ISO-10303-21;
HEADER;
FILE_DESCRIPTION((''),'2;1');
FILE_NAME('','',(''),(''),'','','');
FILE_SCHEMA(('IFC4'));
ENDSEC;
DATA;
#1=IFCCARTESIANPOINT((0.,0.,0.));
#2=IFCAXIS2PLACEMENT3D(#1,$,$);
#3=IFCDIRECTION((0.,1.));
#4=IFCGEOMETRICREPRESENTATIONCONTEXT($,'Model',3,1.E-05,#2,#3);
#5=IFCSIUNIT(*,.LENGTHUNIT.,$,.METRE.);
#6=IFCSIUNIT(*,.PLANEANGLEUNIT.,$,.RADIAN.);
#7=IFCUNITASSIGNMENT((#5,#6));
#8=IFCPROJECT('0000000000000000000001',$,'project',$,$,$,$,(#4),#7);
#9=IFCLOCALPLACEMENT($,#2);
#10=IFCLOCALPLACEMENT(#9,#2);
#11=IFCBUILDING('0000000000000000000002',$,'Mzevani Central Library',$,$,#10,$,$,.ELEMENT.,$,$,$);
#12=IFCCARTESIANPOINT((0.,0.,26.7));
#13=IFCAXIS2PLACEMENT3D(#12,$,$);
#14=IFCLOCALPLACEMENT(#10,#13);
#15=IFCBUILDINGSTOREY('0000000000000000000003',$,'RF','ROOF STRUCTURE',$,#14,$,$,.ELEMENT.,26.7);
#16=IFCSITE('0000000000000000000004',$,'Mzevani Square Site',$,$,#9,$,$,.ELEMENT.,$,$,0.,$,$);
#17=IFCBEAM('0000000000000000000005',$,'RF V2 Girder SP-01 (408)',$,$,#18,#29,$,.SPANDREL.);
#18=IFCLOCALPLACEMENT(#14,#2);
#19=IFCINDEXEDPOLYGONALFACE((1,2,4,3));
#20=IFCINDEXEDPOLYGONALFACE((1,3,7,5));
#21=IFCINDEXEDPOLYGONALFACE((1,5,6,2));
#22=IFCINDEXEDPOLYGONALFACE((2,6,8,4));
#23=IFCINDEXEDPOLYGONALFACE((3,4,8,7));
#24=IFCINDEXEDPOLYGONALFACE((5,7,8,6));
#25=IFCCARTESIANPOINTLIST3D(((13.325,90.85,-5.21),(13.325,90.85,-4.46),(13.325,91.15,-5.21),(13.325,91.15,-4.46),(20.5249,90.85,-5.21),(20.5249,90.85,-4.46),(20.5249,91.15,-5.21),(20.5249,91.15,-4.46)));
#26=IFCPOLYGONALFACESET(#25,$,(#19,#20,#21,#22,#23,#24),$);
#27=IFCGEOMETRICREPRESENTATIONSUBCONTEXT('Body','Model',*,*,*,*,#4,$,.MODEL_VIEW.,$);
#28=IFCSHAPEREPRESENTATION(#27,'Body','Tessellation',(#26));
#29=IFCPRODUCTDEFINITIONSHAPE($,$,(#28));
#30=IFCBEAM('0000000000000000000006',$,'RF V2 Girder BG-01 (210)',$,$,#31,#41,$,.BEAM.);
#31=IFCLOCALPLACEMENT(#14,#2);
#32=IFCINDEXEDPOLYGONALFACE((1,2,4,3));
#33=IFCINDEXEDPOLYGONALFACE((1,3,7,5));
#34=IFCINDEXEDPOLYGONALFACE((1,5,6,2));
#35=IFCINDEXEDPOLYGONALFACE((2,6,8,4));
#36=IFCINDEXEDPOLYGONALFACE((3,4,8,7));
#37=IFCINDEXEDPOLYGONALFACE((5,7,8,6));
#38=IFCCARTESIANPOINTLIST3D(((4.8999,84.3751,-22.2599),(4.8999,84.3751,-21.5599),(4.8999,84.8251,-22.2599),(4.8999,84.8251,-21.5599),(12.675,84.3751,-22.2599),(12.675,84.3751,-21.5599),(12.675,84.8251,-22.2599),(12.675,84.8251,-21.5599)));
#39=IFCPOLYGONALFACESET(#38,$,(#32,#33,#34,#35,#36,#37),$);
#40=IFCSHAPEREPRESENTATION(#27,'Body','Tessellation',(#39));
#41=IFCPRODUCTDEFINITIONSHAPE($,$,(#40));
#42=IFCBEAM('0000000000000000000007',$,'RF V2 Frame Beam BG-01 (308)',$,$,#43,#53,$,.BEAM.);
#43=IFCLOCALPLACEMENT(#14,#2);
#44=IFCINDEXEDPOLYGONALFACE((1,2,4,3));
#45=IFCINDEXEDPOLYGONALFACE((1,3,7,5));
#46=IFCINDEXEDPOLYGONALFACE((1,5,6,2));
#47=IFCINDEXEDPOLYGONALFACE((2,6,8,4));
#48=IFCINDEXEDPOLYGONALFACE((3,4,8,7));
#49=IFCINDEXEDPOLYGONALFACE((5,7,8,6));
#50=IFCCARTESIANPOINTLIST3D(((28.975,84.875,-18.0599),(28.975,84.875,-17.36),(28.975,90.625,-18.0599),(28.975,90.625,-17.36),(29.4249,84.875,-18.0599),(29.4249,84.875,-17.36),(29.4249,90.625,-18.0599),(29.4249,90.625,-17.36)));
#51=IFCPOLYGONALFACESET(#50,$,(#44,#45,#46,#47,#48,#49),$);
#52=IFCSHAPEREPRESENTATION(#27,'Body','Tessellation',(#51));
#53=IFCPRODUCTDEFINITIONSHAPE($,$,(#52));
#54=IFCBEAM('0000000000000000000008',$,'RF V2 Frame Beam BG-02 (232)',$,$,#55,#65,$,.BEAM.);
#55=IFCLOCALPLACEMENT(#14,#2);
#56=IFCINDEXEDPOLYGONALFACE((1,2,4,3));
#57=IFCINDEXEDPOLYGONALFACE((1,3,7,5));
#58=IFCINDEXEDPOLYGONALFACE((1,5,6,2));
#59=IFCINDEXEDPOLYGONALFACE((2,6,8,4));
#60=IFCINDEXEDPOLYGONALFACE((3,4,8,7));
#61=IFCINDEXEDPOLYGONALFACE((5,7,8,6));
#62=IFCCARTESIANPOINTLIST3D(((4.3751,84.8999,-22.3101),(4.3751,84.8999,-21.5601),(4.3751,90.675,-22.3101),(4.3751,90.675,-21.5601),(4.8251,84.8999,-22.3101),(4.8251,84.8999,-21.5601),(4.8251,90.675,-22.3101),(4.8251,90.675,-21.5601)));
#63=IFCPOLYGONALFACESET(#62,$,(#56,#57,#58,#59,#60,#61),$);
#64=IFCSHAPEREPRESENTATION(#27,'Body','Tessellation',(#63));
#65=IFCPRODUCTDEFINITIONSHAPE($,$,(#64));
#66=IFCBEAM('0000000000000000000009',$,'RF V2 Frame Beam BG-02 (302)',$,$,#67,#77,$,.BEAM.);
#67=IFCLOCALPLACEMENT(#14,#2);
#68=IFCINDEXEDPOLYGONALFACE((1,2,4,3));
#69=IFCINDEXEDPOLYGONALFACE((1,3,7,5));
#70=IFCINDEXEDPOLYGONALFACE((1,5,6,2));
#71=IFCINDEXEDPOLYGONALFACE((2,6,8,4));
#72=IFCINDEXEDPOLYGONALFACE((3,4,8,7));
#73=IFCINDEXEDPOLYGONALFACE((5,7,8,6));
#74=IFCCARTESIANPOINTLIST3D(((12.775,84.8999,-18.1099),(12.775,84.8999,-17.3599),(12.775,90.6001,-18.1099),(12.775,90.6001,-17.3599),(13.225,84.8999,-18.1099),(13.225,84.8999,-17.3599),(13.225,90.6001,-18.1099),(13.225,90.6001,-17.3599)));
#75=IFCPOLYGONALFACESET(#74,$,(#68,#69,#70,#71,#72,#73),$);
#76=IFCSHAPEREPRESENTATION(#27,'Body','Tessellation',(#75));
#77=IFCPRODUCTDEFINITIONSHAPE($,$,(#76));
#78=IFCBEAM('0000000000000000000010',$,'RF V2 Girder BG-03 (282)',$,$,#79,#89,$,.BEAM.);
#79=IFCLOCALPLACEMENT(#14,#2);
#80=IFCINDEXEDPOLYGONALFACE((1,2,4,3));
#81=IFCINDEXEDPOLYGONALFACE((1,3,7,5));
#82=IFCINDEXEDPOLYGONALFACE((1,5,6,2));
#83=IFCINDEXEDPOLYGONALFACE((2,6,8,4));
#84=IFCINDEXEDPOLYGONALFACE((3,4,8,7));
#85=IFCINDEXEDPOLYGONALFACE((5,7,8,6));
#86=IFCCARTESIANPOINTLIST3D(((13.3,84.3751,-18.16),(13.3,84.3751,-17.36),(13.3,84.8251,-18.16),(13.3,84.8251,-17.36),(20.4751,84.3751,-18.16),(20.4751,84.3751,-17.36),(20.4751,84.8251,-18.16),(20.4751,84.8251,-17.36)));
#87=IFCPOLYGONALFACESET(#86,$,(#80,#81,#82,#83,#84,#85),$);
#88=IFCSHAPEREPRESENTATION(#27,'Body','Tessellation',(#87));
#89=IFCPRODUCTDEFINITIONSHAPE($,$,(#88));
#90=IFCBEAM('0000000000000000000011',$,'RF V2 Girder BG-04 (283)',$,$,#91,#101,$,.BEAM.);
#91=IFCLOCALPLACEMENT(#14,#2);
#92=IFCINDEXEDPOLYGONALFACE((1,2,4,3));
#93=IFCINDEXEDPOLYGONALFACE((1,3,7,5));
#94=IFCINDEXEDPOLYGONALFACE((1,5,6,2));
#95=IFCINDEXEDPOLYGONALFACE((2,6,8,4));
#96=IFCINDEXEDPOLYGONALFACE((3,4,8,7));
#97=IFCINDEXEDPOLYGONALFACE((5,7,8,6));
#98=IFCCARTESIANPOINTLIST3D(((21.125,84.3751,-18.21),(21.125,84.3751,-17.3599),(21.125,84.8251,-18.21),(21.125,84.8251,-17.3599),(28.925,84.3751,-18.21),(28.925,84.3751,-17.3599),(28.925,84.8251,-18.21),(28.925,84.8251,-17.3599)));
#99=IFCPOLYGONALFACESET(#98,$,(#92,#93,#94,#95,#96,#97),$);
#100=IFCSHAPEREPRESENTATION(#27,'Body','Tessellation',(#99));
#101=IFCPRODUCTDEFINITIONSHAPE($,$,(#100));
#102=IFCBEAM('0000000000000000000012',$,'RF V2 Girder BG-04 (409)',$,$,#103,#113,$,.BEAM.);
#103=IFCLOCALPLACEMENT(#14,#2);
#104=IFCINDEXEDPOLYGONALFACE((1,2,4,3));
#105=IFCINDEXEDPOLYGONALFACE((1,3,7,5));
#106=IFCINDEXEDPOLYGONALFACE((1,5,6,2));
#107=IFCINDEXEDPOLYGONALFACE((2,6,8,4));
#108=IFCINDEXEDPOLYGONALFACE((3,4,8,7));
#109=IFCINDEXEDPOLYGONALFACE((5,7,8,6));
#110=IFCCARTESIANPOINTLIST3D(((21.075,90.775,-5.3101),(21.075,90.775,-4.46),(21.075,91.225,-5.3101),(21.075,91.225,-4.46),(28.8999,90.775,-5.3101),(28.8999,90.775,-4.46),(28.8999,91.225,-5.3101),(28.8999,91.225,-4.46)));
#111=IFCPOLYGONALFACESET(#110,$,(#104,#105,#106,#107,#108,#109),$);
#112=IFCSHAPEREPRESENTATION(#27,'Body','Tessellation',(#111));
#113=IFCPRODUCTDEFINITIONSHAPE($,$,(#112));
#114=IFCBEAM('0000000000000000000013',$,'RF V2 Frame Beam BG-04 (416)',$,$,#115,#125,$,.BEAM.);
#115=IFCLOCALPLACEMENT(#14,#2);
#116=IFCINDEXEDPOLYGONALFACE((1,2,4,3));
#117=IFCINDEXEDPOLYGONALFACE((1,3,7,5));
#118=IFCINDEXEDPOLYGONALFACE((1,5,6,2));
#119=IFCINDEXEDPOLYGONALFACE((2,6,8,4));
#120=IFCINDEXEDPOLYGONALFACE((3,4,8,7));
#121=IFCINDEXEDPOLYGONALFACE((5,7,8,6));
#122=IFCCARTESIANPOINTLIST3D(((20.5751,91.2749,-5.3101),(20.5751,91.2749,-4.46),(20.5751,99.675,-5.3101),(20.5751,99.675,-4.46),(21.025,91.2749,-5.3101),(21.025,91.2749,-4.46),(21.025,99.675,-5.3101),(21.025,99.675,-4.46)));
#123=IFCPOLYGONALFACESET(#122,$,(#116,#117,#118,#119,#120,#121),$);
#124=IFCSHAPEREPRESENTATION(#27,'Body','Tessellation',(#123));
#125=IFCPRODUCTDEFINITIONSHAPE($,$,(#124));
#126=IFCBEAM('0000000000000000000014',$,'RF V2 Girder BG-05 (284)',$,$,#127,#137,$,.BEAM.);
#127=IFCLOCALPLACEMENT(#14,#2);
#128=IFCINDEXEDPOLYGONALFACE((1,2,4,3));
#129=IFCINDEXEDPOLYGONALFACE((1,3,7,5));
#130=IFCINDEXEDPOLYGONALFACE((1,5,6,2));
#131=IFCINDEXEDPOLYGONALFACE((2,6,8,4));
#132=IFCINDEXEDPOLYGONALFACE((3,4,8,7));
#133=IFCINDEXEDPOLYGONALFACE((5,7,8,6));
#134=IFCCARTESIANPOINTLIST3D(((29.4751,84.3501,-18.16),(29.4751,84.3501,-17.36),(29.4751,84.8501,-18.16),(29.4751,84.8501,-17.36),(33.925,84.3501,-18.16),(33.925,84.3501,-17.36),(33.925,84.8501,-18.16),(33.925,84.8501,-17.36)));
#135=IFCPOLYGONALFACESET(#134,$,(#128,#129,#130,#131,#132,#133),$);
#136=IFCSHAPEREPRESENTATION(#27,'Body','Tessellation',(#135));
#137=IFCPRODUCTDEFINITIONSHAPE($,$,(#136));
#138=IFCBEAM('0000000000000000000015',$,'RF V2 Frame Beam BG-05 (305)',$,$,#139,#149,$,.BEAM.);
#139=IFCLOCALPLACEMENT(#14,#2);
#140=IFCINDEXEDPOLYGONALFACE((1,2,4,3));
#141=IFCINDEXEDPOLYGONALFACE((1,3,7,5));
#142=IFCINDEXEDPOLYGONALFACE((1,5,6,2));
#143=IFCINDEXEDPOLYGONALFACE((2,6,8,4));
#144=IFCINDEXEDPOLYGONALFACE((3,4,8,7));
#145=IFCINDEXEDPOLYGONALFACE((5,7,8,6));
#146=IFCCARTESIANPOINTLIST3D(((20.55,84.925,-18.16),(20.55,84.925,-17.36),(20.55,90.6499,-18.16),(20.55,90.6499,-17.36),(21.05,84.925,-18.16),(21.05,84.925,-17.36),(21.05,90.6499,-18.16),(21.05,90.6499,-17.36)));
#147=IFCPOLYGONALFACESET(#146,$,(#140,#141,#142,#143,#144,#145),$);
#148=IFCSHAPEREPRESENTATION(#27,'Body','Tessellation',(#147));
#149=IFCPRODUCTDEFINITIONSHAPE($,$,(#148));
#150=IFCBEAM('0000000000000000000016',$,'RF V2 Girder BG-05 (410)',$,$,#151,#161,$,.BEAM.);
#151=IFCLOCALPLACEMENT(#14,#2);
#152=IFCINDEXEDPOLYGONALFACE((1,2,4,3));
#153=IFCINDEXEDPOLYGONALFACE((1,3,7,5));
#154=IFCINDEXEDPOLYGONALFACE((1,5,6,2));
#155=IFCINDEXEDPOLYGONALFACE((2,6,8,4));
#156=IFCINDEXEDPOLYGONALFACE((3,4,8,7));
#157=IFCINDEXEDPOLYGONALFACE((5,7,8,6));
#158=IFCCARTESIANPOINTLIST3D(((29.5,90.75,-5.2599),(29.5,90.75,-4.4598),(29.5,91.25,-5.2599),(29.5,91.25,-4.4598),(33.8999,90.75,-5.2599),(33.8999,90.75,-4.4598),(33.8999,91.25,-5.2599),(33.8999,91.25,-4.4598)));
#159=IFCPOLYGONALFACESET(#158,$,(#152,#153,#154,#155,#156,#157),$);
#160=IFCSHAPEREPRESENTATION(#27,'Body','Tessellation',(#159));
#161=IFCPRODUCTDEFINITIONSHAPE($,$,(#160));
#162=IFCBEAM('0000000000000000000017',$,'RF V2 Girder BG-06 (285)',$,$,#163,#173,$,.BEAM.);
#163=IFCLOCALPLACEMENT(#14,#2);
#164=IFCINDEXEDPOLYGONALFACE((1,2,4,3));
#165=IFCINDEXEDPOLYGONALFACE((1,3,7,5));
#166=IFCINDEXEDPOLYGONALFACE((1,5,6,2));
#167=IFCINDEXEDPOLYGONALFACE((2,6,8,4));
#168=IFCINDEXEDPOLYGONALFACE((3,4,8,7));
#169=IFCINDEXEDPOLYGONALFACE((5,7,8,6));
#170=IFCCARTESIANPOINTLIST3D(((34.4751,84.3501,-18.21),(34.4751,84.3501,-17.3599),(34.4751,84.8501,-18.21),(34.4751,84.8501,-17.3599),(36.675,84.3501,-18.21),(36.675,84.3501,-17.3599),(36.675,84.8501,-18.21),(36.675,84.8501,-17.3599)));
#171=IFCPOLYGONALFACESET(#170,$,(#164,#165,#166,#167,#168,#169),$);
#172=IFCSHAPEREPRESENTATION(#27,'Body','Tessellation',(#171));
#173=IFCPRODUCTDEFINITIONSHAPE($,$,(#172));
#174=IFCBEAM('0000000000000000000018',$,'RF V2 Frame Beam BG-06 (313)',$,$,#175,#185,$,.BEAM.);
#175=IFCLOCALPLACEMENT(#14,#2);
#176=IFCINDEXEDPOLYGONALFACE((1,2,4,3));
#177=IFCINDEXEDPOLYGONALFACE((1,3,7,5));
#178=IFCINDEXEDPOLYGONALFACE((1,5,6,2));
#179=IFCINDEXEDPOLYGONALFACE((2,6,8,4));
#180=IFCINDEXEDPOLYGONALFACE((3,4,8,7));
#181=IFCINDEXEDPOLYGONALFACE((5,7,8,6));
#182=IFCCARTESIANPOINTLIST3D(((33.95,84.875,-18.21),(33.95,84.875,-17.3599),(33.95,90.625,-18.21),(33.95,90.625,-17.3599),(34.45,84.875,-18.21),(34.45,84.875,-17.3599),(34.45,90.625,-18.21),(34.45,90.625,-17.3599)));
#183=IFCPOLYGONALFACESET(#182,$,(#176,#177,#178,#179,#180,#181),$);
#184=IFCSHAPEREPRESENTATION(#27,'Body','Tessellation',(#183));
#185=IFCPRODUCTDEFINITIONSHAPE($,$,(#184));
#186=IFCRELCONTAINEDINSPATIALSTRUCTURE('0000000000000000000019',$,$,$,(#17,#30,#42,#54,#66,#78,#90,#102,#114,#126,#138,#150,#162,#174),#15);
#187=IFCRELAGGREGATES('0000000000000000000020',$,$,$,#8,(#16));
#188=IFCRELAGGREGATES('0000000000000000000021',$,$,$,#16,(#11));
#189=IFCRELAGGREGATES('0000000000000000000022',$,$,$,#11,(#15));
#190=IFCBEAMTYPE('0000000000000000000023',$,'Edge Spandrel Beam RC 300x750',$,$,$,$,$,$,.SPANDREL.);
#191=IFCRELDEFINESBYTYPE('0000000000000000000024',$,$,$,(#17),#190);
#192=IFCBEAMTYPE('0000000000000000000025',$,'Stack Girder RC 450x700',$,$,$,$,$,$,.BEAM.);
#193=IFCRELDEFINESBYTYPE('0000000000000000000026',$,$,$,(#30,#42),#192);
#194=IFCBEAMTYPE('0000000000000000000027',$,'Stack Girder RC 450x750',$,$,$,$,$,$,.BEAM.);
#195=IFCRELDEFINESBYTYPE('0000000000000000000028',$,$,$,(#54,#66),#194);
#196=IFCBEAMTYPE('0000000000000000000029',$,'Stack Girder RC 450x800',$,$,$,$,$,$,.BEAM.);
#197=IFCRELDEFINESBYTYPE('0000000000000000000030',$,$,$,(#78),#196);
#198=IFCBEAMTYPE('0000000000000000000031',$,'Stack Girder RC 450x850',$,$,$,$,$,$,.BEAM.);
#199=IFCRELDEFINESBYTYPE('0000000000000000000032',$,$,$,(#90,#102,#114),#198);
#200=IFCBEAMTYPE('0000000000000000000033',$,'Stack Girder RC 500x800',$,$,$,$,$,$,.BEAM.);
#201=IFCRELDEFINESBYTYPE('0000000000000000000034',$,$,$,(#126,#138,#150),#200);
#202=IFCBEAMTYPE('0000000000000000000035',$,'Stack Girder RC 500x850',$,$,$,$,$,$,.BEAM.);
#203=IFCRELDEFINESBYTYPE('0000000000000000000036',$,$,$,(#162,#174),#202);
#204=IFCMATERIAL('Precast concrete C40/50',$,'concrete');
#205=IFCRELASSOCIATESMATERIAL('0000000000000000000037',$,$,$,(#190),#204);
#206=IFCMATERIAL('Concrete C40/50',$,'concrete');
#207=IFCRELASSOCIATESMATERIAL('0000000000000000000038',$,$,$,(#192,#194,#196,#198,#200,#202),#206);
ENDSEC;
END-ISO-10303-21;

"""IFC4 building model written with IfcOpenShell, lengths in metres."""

from ifc_helpers import new_model, si_unit, direction, frame, origin, origin_2d, place, context, subcontext, project, spatial, rectangle, extrude, material, material_profile, profile_set, type_object, element, save


model = new_model("IFC4")

# Units and contexts
model_context = context("Model", 3, precision=1e-05, world=origin(), true_north=direction((0.0, 1.0)))
body_context = subcontext(model_context, "Body", "Model", "MODEL_VIEW")
ifc_project = project(units=[si_unit("LENGTHUNIT", "METRE"), si_unit("PLANEANGLEUNIT", "RADIAN")], contexts=[model_context])

# Site, building, storey
site_placement = place(None, origin())
site = spatial("IfcSite", under=ifc_project, at=site_placement, Name="Mzevani Square Site", CompositionType="ELEMENT", RefElevation=0.0)
building_placement = place(site_placement, origin())
building = spatial("IfcBuilding", under=site, at=building_placement, Name="Mzevani Central Library", CompositionType="ELEMENT")
storey_placement = place(building_placement, frame((0.0, 0.0, 26.7)))
storey = spatial("IfcBuildingStorey", under=building, at=storey_placement, Name="RF", Description="ROOF STRUCTURE", CompositionType="ELEMENT", Elevation=26.7)

# Beams
ifc_material_1 = material(Name="Precast concrete C40/50", Category="concrete")
ifc_material_profile_1 = material_profile(ifc_material_1, rectangle(XDim=0.3, YDim=0.75, at=origin_2d()), Name="RC SP300x750")
ifc_profile_set_1 = profile_set([ifc_material_profile_1], Name="Precast concrete C40/50")
beam_type_1 = type_object("IfcBeamType", Name="Edge Spandrel Beam RC 300x750", PredefinedType="SPANDREL", material=ifc_profile_set_1)
beam_1_placement = place(storey_placement, frame((13.325, 91.0, -4.835), z_axis=(1.0, 0.0, 0.0), x_axis=(0.0, 1.0, 0.0)))
element("IfcBeam", 1, at=beam_1_placement, inside=storey, type_object=beam_type_1, Name="RF V2 Girder SP-01 (408)", PredefinedType="SPANDREL", context=body_context, shape_type="SweptSolid", body=[
    extrude(rectangle(XDim=0.3, YDim=0.75, at=origin_2d()), origin(), (0.0, 0.0, 1.0), 7.2),
])
ifc_material_2 = material(Name="Concrete C40/50", Category="concrete")
ifc_material_profile_2 = material_profile(ifc_material_2, rectangle(XDim=0.45, YDim=0.7, at=origin_2d()), Name="RC B450x700")
ifc_profile_set_2 = profile_set([ifc_material_profile_2], Name="Concrete C40/50")
beam_type_2 = type_object("IfcBeamType", Name="Stack Girder RC 450x700", PredefinedType="BEAM", material=ifc_profile_set_2)
beam_2_placement = place(storey_placement, frame((4.8999, 84.6001, -21.9099), z_axis=(1.0, 0.0, 0.0), x_axis=(0.0, 1.0, 0.0)))
element("IfcBeam", 2, at=beam_2_placement, inside=storey, type_object=beam_type_2, Name="RF V2 Girder BG-01 (210)", PredefinedType="BEAM", context=body_context, shape_type="SweptSolid", body=[
    extrude(rectangle(XDim=0.45, YDim=0.7, at=origin_2d()), origin(), (0.0, 0.0, 1.0), 7.7751),
])
beam_3_placement = place(storey_placement, frame((29.2, 84.875, -17.71), z_axis=(0.0, 1.0, 0.0), x_axis=(-1.0, 0.0, 0.0)))
element("IfcBeam", 3, at=beam_3_placement, inside=storey, type_object=beam_type_2, Name="RF V2 Frame Beam BG-01 (308)", PredefinedType="BEAM", context=body_context, shape_type="SweptSolid", body=[
    extrude(rectangle(XDim=0.45, YDim=0.7, at=origin_2d()), origin(), (0.0, 0.0, 1.0), 5.75),
])
ifc_material_profile_3 = material_profile(ifc_material_2, rectangle(XDim=0.45, YDim=0.75, at=origin_2d()), Name="RC B450x750")
ifc_profile_set_3 = profile_set([ifc_material_profile_3], Name="Concrete C40/50")
beam_type_3 = type_object("IfcBeamType", Name="Stack Girder RC 450x750", PredefinedType="BEAM", material=ifc_profile_set_3)
beam_4_placement = place(storey_placement, frame((4.6001, 84.8999, -21.9351), z_axis=(0.0, 1.0, 0.0), x_axis=(-1.0, 0.0, 0.0)))
element("IfcBeam", 4, at=beam_4_placement, inside=storey, type_object=beam_type_3, Name="RF V2 Frame Beam BG-02 (232)", PredefinedType="BEAM", context=body_context, shape_type="SweptSolid", body=[
    extrude(rectangle(XDim=0.45, YDim=0.75, at=origin_2d()), origin(), (0.0, 0.0, 1.0), 5.7751),
])
beam_5_placement = place(storey_placement, frame((13.0, 84.8999, -17.7349), z_axis=(0.0, 1.0, 0.0), x_axis=(-1.0, 0.0, 0.0)))
element("IfcBeam", 5, at=beam_5_placement, inside=storey, type_object=beam_type_3, Name="RF V2 Frame Beam BG-02 (302)", PredefinedType="BEAM", context=body_context, shape_type="SweptSolid", body=[
    extrude(rectangle(XDim=0.45, YDim=0.75, at=origin_2d()), origin(), (0.0, 0.0, 1.0), 5.7002),
])
ifc_material_profile_4 = material_profile(ifc_material_2, rectangle(XDim=0.45, YDim=0.8, at=origin_2d()), Name="RC B450x800")
ifc_profile_set_4 = profile_set([ifc_material_profile_4], Name="Concrete C40/50")
beam_type_4 = type_object("IfcBeamType", Name="Stack Girder RC 450x800", PredefinedType="BEAM", material=ifc_profile_set_4)
beam_6_placement = place(storey_placement, frame((13.3, 84.6001, -17.76), z_axis=(1.0, 0.0, 0.0), x_axis=(0.0, 1.0, 0.0)))
element("IfcBeam", 6, at=beam_6_placement, inside=storey, type_object=beam_type_4, Name="RF V2 Girder BG-03 (282)", PredefinedType="BEAM", context=body_context, shape_type="SweptSolid", body=[
    extrude(rectangle(XDim=0.45, YDim=0.8, at=origin_2d()), origin(), (0.0, 0.0, 1.0), 7.175),
])
ifc_material_profile_5 = material_profile(ifc_material_2, rectangle(XDim=0.45, YDim=0.8501, at=origin_2d()), Name="RC B450x850")
ifc_profile_set_5 = profile_set([ifc_material_profile_5], Name="Concrete C40/50")
beam_type_5 = type_object("IfcBeamType", Name="Stack Girder RC 450x850", PredefinedType="BEAM", material=ifc_profile_set_5)
beam_7_placement = place(storey_placement, frame((21.125, 84.6001, -17.7849), z_axis=(1.0, 0.0, 0.0), x_axis=(0.0, 1.0, 0.0)))
element("IfcBeam", 7, at=beam_7_placement, inside=storey, type_object=beam_type_5, Name="RF V2 Girder BG-04 (283)", PredefinedType="BEAM", context=body_context, shape_type="SweptSolid", body=[
    extrude(rectangle(XDim=0.45, YDim=0.8501, at=origin_2d()), origin(), (0.0, 0.0, 1.0), 7.8),
])
beam_8_placement = place(storey_placement, frame((21.075, 91.0, -4.885), z_axis=(1.0, 0.0, 0.0), x_axis=(0.0, 1.0, 0.0)))
element("IfcBeam", 8, at=beam_8_placement, inside=storey, type_object=beam_type_5, Name="RF V2 Girder BG-04 (409)", PredefinedType="BEAM", context=body_context, shape_type="SweptSolid", body=[
    extrude(rectangle(XDim=0.45, YDim=0.8501, at=origin_2d()), origin(), (0.0, 0.0, 1.0), 7.825),
])
beam_9_placement = place(storey_placement, frame((20.8, 91.2749, -4.885), z_axis=(0.0, 1.0, 0.0), x_axis=(-1.0, 0.0, 0.0)))
element("IfcBeam", 9, at=beam_9_placement, inside=storey, type_object=beam_type_5, Name="RF V2 Frame Beam BG-04 (416)", PredefinedType="BEAM", context=body_context, shape_type="SweptSolid", body=[
    extrude(rectangle(XDim=0.45, YDim=0.8501, at=origin_2d()), origin(), (0.0, 0.0, 1.0), 8.4001),
])
ifc_material_profile_6 = material_profile(ifc_material_2, rectangle(XDim=0.5, YDim=0.8, at=origin_2d()), Name="RC B500x800")
ifc_profile_set_6 = profile_set([ifc_material_profile_6], Name="Concrete C40/50")
beam_type_6 = type_object("IfcBeamType", Name="Stack Girder RC 500x800", PredefinedType="BEAM", material=ifc_profile_set_6)
beam_10_placement = place(storey_placement, frame((29.4751, 84.6001, -17.76), z_axis=(1.0, 0.0, 0.0), x_axis=(0.0, 1.0, 0.0)))
element("IfcBeam", 10, at=beam_10_placement, inside=storey, type_object=beam_type_6, Name="RF V2 Girder BG-05 (284)", PredefinedType="BEAM", context=body_context, shape_type="SweptSolid", body=[
    extrude(rectangle(XDim=0.5, YDim=0.8, at=origin_2d()), origin(), (0.0, 0.0, 1.0), 4.45),
])
beam_11_placement = place(storey_placement, frame((20.8, 84.925, -17.76), z_axis=(0.0, 1.0, 0.0), x_axis=(-1.0, 0.0, 0.0)))
element("IfcBeam", 11, at=beam_11_placement, inside=storey, type_object=beam_type_6, Name="RF V2 Frame Beam BG-05 (305)", PredefinedType="BEAM", context=body_context, shape_type="SweptSolid", body=[
    extrude(rectangle(XDim=0.5, YDim=0.8, at=origin_2d()), origin(), (0.0, 0.0, 1.0), 5.7249),
])
beam_12_placement = place(storey_placement, frame((29.5, 91.0, -4.8599), z_axis=(1.0, 0.0, 0.0), x_axis=(0.0, 1.0, 0.0)))
element("IfcBeam", 12, at=beam_12_placement, inside=storey, type_object=beam_type_6, Name="RF V2 Girder BG-05 (410)", PredefinedType="BEAM", context=body_context, shape_type="SweptSolid", body=[
    extrude(rectangle(XDim=0.5, YDim=0.8, at=origin_2d()), origin(), (0.0, 0.0, 1.0), 4.3999),
])
ifc_material_profile_7 = material_profile(ifc_material_2, rectangle(XDim=0.5, YDim=0.8501, at=origin_2d()), Name="RC B500x850")
ifc_profile_set_7 = profile_set([ifc_material_profile_7], Name="Concrete C40/50")
beam_type_7 = type_object("IfcBeamType", Name="Stack Girder RC 500x850", PredefinedType="BEAM", material=ifc_profile_set_7)
beam_13_placement = place(storey_placement, frame((34.4751, 84.6001, -17.7849), z_axis=(1.0, 0.0, 0.0), x_axis=(0.0, 1.0, 0.0)))
element("IfcBeam", 13, at=beam_13_placement, inside=storey, type_object=beam_type_7, Name="RF V2 Girder BG-06 (285)", PredefinedType="BEAM", context=body_context, shape_type="SweptSolid", body=[
    extrude(rectangle(XDim=0.5, YDim=0.8501, at=origin_2d()), origin(), (0.0, 0.0, 1.0), 2.2),
])
beam_14_placement = place(storey_placement, frame((34.2, 84.875, -17.7849), z_axis=(0.0, 1.0, 0.0), x_axis=(-1.0, 0.0, 0.0)))
element("IfcBeam", 14, at=beam_14_placement, inside=storey, type_object=beam_type_7, Name="RF V2 Frame Beam BG-06 (313)", PredefinedType="BEAM", context=body_context, shape_type="SweptSolid", body=[
    extrude(rectangle(XDim=0.5, YDim=0.8501, at=origin_2d()), origin(), (0.0, 0.0, 1.0), 5.75),
])

save(model, "model.ifc")
